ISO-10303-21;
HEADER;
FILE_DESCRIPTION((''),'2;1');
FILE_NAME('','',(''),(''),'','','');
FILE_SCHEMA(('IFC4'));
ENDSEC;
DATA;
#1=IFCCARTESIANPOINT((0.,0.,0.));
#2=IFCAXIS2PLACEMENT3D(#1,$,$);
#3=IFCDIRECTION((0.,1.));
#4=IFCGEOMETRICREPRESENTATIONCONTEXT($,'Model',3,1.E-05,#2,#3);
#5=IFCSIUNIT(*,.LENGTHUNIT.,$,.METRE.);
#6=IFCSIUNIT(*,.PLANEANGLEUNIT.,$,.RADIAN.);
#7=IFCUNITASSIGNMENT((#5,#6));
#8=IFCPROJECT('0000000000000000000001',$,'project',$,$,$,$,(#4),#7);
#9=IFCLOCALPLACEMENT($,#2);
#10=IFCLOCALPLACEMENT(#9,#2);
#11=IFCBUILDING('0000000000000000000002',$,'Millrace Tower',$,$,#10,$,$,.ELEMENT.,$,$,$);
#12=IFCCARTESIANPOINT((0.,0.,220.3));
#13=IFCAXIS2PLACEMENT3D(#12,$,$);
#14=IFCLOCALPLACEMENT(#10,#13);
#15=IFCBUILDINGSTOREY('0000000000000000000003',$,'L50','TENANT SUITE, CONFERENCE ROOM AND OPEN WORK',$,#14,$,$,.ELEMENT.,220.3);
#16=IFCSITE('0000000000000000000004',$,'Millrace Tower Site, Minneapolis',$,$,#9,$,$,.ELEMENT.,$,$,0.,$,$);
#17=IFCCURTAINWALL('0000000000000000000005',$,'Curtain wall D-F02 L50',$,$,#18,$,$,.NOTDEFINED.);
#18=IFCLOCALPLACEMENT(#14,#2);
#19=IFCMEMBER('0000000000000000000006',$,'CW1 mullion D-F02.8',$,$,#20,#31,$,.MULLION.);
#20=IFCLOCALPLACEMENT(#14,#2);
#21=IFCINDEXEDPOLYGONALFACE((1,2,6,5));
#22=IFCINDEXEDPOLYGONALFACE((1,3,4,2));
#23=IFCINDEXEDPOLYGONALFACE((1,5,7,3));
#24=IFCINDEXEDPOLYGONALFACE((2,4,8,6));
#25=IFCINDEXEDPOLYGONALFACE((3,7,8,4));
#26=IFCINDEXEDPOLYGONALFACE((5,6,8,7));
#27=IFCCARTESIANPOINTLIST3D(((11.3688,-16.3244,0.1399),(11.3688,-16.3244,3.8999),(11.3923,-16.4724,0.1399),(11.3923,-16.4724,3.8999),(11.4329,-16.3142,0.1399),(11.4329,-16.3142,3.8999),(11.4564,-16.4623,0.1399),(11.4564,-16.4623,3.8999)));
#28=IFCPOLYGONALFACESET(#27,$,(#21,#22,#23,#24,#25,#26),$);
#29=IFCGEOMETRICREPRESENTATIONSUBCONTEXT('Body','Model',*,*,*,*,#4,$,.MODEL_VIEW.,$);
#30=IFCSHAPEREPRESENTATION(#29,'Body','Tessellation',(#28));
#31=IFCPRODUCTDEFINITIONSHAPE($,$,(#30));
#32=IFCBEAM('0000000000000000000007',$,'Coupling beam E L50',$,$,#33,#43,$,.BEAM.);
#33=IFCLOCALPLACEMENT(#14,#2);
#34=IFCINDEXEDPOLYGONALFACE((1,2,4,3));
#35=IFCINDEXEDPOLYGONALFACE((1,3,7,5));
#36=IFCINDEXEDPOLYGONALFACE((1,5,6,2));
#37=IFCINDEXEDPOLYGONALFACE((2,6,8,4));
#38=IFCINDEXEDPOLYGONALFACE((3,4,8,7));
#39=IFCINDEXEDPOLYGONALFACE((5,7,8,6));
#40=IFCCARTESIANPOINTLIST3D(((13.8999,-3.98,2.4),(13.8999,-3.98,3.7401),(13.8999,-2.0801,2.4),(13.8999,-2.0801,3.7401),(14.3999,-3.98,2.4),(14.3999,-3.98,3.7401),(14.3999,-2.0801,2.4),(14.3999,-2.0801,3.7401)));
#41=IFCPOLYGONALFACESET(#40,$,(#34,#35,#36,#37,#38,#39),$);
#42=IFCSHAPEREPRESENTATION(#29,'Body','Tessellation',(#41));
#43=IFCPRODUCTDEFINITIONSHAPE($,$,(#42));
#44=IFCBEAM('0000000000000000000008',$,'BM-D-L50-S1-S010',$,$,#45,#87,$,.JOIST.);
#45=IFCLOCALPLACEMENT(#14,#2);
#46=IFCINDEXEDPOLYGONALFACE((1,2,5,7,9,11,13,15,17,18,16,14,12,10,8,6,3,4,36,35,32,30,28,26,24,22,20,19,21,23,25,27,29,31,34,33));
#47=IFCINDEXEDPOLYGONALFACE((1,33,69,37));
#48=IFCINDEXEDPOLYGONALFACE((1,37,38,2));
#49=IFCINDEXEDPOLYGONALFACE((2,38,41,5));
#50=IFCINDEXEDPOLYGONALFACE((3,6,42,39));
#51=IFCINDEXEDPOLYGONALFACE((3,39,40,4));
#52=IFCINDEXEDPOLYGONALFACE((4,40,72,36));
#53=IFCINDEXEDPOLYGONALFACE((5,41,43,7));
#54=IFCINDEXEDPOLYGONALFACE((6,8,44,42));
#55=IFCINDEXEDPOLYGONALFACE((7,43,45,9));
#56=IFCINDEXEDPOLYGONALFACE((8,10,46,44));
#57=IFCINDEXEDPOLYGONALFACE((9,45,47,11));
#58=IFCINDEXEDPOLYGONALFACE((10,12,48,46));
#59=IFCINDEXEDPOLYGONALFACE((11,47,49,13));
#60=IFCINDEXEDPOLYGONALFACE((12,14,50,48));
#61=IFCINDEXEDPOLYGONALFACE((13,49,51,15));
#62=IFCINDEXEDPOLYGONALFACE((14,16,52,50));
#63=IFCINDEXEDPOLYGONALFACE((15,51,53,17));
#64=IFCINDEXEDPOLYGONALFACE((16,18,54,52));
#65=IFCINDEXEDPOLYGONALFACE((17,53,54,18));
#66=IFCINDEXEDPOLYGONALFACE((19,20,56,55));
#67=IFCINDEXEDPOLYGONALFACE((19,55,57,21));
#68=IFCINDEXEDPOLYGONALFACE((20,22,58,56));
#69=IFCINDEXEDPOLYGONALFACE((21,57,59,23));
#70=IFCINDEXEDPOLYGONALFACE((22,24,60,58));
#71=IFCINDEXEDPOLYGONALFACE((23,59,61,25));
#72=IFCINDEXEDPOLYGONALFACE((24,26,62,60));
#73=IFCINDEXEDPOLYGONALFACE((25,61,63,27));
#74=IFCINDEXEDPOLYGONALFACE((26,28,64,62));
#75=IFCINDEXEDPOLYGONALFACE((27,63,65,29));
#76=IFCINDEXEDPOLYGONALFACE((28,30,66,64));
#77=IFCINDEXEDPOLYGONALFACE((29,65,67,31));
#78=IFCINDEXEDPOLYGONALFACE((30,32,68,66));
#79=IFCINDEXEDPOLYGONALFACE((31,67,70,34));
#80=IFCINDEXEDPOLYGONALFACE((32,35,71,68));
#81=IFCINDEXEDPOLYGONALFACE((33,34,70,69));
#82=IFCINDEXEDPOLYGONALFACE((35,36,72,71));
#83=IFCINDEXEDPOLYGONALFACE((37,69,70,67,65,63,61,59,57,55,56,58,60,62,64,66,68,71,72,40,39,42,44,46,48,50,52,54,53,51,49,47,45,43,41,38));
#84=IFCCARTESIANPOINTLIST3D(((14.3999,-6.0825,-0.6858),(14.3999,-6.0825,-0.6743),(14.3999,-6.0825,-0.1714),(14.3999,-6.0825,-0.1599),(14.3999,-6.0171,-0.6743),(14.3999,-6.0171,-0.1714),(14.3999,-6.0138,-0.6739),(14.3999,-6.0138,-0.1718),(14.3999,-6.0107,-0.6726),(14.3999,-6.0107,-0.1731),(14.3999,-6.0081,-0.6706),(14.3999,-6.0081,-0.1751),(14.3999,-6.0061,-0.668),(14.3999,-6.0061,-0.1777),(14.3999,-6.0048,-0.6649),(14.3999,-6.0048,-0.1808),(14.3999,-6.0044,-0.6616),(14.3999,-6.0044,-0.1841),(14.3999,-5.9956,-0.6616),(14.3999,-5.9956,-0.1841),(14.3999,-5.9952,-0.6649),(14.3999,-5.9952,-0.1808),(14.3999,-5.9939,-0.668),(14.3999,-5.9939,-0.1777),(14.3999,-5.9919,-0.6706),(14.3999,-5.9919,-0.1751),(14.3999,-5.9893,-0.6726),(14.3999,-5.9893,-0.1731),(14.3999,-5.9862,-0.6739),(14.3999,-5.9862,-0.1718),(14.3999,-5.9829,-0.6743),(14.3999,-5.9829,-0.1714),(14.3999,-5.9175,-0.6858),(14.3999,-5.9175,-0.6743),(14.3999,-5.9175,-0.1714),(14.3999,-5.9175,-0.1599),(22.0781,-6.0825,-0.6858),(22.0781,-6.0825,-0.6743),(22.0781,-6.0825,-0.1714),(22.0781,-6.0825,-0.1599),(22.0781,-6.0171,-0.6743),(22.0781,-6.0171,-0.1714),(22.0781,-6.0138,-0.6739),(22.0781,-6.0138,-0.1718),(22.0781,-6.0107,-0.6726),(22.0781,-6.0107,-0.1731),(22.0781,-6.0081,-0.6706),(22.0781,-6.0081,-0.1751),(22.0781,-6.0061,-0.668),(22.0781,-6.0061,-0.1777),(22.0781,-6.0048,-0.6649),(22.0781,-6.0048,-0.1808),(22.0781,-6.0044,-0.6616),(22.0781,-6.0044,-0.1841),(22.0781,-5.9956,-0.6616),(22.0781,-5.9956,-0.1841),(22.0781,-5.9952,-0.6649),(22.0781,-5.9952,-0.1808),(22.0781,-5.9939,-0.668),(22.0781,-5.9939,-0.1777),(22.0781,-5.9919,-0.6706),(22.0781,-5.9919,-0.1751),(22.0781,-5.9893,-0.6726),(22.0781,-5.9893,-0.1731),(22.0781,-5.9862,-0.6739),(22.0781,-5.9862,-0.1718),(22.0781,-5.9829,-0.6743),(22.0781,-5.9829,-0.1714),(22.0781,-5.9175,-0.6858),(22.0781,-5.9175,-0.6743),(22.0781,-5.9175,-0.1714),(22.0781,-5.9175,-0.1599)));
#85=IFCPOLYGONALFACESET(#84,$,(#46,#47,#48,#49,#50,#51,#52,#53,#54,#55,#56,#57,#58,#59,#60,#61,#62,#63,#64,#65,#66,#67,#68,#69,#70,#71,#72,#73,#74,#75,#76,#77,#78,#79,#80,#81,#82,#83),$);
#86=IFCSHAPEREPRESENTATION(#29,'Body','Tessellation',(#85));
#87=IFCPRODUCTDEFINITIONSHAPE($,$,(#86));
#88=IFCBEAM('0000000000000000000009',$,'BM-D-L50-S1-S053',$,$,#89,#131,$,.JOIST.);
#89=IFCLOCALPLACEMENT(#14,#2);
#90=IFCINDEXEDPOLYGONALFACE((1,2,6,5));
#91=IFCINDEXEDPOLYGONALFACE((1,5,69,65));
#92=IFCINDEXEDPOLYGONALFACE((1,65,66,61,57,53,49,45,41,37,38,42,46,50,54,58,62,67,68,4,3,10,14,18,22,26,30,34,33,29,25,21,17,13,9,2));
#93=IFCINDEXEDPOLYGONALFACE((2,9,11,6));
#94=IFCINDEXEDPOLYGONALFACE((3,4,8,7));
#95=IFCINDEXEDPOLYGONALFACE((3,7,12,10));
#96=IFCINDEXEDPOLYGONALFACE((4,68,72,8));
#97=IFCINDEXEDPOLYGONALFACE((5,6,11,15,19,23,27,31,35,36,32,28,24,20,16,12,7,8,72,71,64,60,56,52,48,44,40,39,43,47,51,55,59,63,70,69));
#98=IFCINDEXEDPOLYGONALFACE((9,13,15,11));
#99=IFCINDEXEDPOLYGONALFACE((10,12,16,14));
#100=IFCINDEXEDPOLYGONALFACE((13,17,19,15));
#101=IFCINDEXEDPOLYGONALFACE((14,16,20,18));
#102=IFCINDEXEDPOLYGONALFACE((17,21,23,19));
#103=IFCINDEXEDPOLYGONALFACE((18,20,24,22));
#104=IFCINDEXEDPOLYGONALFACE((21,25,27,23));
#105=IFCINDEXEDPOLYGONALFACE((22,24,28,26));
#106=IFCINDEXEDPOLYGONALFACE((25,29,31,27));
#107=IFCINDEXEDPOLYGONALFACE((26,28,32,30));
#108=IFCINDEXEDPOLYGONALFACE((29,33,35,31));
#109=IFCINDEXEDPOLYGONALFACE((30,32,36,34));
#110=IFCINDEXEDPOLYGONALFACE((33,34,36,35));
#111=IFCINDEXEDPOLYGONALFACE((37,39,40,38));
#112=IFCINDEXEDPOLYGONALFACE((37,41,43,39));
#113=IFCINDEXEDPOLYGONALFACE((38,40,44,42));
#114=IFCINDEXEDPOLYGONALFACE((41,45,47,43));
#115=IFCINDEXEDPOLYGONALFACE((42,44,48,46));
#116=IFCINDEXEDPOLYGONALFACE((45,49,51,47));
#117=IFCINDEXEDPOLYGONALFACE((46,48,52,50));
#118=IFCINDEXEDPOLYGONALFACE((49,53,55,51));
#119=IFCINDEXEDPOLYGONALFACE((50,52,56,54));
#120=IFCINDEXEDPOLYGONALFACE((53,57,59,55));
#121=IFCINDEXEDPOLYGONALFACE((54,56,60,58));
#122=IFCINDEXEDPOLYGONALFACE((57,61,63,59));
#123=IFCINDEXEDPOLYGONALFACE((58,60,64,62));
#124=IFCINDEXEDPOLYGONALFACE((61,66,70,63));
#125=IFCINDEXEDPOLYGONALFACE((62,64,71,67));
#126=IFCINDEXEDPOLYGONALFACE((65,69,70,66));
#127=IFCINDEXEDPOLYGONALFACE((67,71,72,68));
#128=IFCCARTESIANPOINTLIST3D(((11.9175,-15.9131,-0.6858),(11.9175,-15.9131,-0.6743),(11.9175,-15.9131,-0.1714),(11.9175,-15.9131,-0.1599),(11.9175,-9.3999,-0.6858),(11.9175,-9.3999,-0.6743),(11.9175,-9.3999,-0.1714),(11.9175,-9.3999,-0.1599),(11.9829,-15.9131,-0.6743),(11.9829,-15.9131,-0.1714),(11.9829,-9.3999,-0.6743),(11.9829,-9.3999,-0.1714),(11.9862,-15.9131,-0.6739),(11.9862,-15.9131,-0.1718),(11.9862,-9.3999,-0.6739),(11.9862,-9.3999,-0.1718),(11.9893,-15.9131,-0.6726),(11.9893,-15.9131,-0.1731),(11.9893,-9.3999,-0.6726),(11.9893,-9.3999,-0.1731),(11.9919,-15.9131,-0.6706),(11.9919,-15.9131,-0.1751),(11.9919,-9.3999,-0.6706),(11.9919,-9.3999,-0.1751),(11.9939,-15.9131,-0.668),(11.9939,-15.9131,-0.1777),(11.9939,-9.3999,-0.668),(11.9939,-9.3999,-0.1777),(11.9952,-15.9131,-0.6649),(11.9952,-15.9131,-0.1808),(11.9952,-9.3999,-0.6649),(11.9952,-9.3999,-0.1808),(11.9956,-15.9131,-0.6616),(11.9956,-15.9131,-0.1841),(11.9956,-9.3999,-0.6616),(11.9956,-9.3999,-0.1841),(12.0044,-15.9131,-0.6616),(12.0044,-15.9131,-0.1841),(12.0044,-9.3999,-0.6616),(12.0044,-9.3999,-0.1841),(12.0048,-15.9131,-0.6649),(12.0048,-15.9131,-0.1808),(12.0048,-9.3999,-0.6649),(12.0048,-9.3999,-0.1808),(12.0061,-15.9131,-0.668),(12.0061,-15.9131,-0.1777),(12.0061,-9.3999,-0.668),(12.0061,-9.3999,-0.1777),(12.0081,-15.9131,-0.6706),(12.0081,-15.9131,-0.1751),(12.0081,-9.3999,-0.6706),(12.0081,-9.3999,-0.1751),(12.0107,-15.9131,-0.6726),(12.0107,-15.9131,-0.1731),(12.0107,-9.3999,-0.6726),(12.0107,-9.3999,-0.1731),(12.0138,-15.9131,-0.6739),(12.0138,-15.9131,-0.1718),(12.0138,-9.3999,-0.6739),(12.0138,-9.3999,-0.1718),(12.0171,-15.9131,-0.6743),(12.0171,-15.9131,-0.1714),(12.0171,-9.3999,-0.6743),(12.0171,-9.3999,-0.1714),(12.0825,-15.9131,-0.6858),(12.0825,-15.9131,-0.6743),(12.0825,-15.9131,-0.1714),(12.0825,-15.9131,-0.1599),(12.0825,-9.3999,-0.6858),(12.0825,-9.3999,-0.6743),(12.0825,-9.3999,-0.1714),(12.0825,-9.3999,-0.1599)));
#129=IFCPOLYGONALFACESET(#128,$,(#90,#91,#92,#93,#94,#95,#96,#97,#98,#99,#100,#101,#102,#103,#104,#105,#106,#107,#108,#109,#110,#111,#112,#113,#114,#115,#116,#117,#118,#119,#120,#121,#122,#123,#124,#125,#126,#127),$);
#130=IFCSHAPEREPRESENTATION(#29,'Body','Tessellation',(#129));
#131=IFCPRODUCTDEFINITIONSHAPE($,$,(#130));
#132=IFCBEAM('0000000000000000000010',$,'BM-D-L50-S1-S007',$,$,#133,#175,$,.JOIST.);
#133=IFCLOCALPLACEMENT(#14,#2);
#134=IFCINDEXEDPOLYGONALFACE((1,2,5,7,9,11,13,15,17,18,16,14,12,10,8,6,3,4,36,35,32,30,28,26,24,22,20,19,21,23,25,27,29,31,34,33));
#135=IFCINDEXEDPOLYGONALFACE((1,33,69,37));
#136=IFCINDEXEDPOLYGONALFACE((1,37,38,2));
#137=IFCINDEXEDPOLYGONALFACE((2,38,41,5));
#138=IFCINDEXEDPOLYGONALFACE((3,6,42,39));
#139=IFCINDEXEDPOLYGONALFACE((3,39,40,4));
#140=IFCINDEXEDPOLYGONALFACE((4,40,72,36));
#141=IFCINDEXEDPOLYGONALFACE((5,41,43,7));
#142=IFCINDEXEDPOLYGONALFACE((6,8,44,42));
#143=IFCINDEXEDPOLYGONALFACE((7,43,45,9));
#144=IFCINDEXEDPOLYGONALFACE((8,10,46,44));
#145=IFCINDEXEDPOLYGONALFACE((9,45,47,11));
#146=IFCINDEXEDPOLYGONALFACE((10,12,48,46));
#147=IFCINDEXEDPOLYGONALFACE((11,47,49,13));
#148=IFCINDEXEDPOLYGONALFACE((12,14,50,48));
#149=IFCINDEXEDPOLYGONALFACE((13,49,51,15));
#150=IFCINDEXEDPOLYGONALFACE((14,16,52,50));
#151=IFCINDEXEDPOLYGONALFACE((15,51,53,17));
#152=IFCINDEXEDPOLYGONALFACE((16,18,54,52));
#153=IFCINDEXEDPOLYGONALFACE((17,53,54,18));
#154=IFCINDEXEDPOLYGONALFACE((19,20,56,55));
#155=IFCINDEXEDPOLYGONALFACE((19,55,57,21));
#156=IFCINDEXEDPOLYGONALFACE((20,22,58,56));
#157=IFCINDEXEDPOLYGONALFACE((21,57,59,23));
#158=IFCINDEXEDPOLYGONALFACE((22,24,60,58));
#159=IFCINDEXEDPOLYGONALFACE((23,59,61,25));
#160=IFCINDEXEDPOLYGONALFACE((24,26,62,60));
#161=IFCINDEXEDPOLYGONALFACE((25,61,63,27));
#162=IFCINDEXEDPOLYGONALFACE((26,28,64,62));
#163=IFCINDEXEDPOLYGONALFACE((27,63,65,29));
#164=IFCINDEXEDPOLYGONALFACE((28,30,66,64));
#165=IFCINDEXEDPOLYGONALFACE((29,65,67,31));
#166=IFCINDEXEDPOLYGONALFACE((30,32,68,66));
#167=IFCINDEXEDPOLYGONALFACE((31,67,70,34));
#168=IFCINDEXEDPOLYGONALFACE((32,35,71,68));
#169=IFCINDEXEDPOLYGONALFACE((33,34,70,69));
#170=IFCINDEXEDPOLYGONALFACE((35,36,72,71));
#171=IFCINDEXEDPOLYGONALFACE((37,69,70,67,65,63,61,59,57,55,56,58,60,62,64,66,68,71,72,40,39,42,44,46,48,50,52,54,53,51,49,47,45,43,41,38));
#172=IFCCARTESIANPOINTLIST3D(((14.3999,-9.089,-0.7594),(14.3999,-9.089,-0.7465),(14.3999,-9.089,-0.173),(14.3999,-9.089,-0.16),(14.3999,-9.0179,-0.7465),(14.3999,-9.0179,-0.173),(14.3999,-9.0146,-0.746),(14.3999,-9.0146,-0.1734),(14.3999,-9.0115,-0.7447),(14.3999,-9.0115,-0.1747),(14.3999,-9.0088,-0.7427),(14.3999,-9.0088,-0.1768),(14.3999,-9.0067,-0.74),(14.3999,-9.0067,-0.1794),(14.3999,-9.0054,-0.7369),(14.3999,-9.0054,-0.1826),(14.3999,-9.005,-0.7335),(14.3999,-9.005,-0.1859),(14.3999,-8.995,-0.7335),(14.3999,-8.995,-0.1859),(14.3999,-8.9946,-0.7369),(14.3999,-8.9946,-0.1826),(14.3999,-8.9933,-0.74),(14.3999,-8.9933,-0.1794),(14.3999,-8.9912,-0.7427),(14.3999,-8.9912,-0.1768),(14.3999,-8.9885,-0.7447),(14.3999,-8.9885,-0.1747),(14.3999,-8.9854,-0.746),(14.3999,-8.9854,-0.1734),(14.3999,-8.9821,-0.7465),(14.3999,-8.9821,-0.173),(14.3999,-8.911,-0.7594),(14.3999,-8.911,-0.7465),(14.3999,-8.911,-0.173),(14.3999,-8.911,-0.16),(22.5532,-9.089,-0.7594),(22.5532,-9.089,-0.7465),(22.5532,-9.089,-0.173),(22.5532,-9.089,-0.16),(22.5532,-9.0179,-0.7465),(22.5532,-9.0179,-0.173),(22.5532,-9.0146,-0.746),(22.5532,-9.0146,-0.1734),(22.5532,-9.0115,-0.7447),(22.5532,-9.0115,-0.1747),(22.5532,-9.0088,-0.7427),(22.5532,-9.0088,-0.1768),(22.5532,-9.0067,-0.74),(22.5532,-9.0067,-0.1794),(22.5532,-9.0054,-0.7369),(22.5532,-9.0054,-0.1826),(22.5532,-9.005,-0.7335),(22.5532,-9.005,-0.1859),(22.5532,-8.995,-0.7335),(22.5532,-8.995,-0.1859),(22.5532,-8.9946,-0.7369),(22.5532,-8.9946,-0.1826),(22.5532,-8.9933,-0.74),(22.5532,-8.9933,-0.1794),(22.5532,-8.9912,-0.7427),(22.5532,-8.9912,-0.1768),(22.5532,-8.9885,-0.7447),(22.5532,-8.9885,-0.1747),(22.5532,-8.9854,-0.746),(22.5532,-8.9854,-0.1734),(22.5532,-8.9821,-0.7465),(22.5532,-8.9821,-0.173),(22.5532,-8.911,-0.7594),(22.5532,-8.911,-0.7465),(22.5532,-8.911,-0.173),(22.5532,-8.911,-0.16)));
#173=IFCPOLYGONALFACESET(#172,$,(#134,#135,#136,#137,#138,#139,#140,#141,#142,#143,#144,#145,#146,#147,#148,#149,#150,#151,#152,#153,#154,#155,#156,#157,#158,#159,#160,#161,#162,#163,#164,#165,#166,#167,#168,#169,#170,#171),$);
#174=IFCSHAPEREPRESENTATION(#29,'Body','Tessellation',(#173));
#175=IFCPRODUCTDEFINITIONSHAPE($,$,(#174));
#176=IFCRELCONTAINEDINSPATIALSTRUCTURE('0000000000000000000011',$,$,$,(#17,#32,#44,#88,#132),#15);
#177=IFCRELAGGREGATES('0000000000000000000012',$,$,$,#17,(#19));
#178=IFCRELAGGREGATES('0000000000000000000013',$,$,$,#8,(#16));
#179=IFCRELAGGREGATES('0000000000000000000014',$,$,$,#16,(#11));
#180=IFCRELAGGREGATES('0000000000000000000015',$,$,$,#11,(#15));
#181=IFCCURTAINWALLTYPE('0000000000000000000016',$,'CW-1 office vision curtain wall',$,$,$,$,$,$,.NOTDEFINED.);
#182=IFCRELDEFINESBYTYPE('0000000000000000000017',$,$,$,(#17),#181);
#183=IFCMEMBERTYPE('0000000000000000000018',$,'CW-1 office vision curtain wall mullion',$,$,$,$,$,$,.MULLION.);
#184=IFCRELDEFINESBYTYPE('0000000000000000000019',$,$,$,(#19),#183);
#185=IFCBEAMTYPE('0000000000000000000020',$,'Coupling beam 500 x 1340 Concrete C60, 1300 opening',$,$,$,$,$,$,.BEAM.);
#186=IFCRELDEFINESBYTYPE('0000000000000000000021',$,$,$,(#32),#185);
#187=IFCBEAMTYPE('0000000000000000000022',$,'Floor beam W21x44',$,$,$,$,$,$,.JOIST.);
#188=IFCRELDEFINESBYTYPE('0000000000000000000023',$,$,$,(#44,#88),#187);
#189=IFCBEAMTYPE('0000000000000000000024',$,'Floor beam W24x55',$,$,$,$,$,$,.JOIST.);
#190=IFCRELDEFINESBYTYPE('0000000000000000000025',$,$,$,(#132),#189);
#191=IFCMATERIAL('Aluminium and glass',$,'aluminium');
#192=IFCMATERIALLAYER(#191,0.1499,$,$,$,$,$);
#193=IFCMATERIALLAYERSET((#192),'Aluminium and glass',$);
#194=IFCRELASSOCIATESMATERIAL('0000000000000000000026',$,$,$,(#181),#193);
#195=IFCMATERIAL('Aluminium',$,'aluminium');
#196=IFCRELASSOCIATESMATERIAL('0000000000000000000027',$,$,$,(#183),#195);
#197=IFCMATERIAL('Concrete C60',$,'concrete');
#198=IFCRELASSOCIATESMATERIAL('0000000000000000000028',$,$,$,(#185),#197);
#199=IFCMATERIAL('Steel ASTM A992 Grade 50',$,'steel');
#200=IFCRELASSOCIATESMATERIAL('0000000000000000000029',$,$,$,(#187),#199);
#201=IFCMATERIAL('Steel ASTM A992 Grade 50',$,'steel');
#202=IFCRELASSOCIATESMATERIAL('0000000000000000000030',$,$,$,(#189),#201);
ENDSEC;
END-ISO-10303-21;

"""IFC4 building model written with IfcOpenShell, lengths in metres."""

from ifc_helpers import new_model, si_unit, direction, frame, origin, origin_2d, place, context, subcontext, project, spatial, rectangle, i_section, extrude, material, layer, layer_set, material_profile, profile_set, type_object, element, aggregate, save


model = new_model("IFC4")

# Units and contexts
model_context = context("Model", 3, precision=1e-05, world=origin(), true_north=direction((0.0, 1.0)))
body_context = subcontext(model_context, "Body", "Model", "MODEL_VIEW")
ifc_project = project(units=[si_unit("LENGTHUNIT", "METRE"), si_unit("PLANEANGLEUNIT", "RADIAN")], contexts=[model_context])

# Site, building, storey
site_placement = place(None, origin())
site = spatial("IfcSite", under=ifc_project, at=site_placement, Name="Millrace Tower Site, Minneapolis", CompositionType="ELEMENT", RefElevation=0.0)
building_placement = place(site_placement, origin())
building = spatial("IfcBuilding", under=site, at=building_placement, Name="Millrace Tower", CompositionType="ELEMENT")
storey_placement = place(building_placement, frame((0.0, 0.0, 220.3)))
storey = spatial("IfcBuildingStorey", under=building, at=storey_placement, Name="L50", Description="TENANT SUITE, CONFERENCE ROOM AND OPEN WORK", CompositionType="ELEMENT", Elevation=220.3)

# Curtain wall, member
ifc_material_1 = material(Name="Aluminium and glass", Category="aluminium")
ifc_layer_1 = layer(ifc_material_1, 0.1499)
ifc_layer_set_1 = layer_set([ifc_layer_1], Name="Aluminium and glass")
curtain_wall_type = type_object("IfcCurtainWallType", Name="CW-1 office vision curtain wall", PredefinedType="NOTDEFINED", material=ifc_layer_set_1)
placement = place(storey_placement, origin())
curtain_wall = element("IfcCurtainWall", 1, at=placement, inside=storey, type_object=curtain_wall_type, Name="Curtain wall D-F02 L50", PredefinedType="NOTDEFINED")
ifc_material_2 = material(Name="Aluminium", Category="aluminium")
ifc_material_profile_1 = material_profile(ifc_material_2, rectangle(XDim=0.0649, YDim=0.1499, at=origin_2d()))
ifc_profile_set_1 = profile_set([ifc_material_profile_1], Name="Aluminium")
member_type = type_object("IfcMemberType", Name="CW-1 office vision curtain wall mullion", PredefinedType="MULLION", material=ifc_profile_set_1)
member_placement = place(storey_placement, frame((11.4126, -16.3933, 0.1399), z_axis=(0.0, 0.0, 1.0), x_axis=(0.987688, 0.156434, 0.0)))
member = element("IfcMember", 2, at=member_placement, type_object=member_type, Name="CW1 mullion D-F02.8", PredefinedType="MULLION", context=body_context, shape_type="SweptSolid", body=[
    extrude(rectangle(XDim=0.0649, YDim=0.1499, at=origin_2d()), origin(), (0.0, 0.0, 1.0), 3.76),
])
aggregate(curtain_wall, [member])

# Beams
ifc_material_3 = material(Name="Concrete C60", Category="concrete")
ifc_material_profile_2 = material_profile(ifc_material_3, rectangle(XDim=0.5, YDim=1.3401, at=origin_2d()))
ifc_profile_set_2 = profile_set([ifc_material_profile_2], Name="Concrete C60")
beam_type_1 = type_object("IfcBeamType", Name="Coupling beam 500 x 1340 Concrete C60, 1300 opening", PredefinedType="BEAM", material=ifc_profile_set_2)
beam_1_placement = place(storey_placement, frame((14.1499, -2.0801, 3.0701), z_axis=(0.0, -1.0, 0.0), x_axis=(1.0, 0.0, 0.0)))
element("IfcBeam", 3, at=beam_1_placement, inside=storey, type_object=beam_type_1, Name="Coupling beam E L50", PredefinedType="BEAM", context=body_context, shape_type="SweptSolid", body=[
    extrude(rectangle(XDim=0.5, YDim=1.3401, at=origin_2d()), origin(), (0.0, 0.0, 1.0), 1.8999),
])
ifc_material_4 = material(Name="Steel ASTM A992 Grade 50", Category="steel")
ifc_material_profile_3 = material_profile(ifc_material_4, i_section(OverallWidth=0.165, OverallDepth=0.5259, WebThickness=0.0088, FlangeThickness=0.0115, FilletRadius=0.0127, at=origin_2d()))
ifc_profile_set_3 = profile_set([ifc_material_profile_3], Name="Steel ASTM A992 Grade 50")
beam_type_2 = type_object("IfcBeamType", Name="Floor beam W21x44", PredefinedType="JOIST", material=ifc_profile_set_3)
beam_2_placement = place(storey_placement, frame((14.3999, -6.0, -0.4229), z_axis=(1.0, 0.0, 0.0), x_axis=(0.0, 1.0, 0.0)))
element("IfcBeam", 4, at=beam_2_placement, inside=storey, type_object=beam_type_2, Name="BM-D-L50-S1-S010", PredefinedType="JOIST", context=body_context, shape_type="SweptSolid", body=[
    extrude(i_section(OverallWidth=0.165, OverallDepth=0.5259, WebThickness=0.0088, FlangeThickness=0.0115, FilletRadius=0.0127, at=origin_2d()), origin(), (0.0, 0.0, 1.0), 7.6782),
])
beam_3_placement = place(storey_placement, frame((12.0, -15.9131, -0.4229), z_axis=(0.0, 1.0, 0.0), x_axis=(-1.0, 0.0, 0.0)))
element("IfcBeam", 5, at=beam_3_placement, inside=storey, type_object=beam_type_2, Name="BM-D-L50-S1-S053", PredefinedType="JOIST", context=body_context, shape_type="SweptSolid", body=[
    extrude(i_section(OverallWidth=0.165, OverallDepth=0.5259, WebThickness=0.0088, FlangeThickness=0.0115, FilletRadius=0.0127, at=origin_2d()), origin(), (0.0, 0.0, 1.0), 6.5132),
])
ifc_material_5 = material(Name="Steel ASTM A992 Grade 50", Category="steel")
ifc_material_profile_4 = material_profile(ifc_material_5, i_section(OverallWidth=0.178, OverallDepth=0.5994, WebThickness=0.01, FlangeThickness=0.0129, FilletRadius=0.0129, at=origin_2d()))
ifc_profile_set_4 = profile_set([ifc_material_profile_4], Name="Steel ASTM A992 Grade 50")
beam_type_3 = type_object("IfcBeamType", Name="Floor beam W24x55", PredefinedType="JOIST", material=ifc_profile_set_4)
beam_4_placement = place(storey_placement, frame((14.3999, -9.0, -0.4597), z_axis=(1.0, 0.0, 0.0), x_axis=(0.0, 1.0, 0.0)))
element("IfcBeam", 6, at=beam_4_placement, inside=storey, type_object=beam_type_3, Name="BM-D-L50-S1-S007", PredefinedType="JOIST", context=body_context, shape_type="SweptSolid", body=[
    extrude(i_section(OverallWidth=0.178, OverallDepth=0.5994, WebThickness=0.01, FlangeThickness=0.0129, FilletRadius=0.0129, at=origin_2d()), origin(), (0.0, 0.0, 1.0), 8.1533),
])

save(model, "model.ifc")
